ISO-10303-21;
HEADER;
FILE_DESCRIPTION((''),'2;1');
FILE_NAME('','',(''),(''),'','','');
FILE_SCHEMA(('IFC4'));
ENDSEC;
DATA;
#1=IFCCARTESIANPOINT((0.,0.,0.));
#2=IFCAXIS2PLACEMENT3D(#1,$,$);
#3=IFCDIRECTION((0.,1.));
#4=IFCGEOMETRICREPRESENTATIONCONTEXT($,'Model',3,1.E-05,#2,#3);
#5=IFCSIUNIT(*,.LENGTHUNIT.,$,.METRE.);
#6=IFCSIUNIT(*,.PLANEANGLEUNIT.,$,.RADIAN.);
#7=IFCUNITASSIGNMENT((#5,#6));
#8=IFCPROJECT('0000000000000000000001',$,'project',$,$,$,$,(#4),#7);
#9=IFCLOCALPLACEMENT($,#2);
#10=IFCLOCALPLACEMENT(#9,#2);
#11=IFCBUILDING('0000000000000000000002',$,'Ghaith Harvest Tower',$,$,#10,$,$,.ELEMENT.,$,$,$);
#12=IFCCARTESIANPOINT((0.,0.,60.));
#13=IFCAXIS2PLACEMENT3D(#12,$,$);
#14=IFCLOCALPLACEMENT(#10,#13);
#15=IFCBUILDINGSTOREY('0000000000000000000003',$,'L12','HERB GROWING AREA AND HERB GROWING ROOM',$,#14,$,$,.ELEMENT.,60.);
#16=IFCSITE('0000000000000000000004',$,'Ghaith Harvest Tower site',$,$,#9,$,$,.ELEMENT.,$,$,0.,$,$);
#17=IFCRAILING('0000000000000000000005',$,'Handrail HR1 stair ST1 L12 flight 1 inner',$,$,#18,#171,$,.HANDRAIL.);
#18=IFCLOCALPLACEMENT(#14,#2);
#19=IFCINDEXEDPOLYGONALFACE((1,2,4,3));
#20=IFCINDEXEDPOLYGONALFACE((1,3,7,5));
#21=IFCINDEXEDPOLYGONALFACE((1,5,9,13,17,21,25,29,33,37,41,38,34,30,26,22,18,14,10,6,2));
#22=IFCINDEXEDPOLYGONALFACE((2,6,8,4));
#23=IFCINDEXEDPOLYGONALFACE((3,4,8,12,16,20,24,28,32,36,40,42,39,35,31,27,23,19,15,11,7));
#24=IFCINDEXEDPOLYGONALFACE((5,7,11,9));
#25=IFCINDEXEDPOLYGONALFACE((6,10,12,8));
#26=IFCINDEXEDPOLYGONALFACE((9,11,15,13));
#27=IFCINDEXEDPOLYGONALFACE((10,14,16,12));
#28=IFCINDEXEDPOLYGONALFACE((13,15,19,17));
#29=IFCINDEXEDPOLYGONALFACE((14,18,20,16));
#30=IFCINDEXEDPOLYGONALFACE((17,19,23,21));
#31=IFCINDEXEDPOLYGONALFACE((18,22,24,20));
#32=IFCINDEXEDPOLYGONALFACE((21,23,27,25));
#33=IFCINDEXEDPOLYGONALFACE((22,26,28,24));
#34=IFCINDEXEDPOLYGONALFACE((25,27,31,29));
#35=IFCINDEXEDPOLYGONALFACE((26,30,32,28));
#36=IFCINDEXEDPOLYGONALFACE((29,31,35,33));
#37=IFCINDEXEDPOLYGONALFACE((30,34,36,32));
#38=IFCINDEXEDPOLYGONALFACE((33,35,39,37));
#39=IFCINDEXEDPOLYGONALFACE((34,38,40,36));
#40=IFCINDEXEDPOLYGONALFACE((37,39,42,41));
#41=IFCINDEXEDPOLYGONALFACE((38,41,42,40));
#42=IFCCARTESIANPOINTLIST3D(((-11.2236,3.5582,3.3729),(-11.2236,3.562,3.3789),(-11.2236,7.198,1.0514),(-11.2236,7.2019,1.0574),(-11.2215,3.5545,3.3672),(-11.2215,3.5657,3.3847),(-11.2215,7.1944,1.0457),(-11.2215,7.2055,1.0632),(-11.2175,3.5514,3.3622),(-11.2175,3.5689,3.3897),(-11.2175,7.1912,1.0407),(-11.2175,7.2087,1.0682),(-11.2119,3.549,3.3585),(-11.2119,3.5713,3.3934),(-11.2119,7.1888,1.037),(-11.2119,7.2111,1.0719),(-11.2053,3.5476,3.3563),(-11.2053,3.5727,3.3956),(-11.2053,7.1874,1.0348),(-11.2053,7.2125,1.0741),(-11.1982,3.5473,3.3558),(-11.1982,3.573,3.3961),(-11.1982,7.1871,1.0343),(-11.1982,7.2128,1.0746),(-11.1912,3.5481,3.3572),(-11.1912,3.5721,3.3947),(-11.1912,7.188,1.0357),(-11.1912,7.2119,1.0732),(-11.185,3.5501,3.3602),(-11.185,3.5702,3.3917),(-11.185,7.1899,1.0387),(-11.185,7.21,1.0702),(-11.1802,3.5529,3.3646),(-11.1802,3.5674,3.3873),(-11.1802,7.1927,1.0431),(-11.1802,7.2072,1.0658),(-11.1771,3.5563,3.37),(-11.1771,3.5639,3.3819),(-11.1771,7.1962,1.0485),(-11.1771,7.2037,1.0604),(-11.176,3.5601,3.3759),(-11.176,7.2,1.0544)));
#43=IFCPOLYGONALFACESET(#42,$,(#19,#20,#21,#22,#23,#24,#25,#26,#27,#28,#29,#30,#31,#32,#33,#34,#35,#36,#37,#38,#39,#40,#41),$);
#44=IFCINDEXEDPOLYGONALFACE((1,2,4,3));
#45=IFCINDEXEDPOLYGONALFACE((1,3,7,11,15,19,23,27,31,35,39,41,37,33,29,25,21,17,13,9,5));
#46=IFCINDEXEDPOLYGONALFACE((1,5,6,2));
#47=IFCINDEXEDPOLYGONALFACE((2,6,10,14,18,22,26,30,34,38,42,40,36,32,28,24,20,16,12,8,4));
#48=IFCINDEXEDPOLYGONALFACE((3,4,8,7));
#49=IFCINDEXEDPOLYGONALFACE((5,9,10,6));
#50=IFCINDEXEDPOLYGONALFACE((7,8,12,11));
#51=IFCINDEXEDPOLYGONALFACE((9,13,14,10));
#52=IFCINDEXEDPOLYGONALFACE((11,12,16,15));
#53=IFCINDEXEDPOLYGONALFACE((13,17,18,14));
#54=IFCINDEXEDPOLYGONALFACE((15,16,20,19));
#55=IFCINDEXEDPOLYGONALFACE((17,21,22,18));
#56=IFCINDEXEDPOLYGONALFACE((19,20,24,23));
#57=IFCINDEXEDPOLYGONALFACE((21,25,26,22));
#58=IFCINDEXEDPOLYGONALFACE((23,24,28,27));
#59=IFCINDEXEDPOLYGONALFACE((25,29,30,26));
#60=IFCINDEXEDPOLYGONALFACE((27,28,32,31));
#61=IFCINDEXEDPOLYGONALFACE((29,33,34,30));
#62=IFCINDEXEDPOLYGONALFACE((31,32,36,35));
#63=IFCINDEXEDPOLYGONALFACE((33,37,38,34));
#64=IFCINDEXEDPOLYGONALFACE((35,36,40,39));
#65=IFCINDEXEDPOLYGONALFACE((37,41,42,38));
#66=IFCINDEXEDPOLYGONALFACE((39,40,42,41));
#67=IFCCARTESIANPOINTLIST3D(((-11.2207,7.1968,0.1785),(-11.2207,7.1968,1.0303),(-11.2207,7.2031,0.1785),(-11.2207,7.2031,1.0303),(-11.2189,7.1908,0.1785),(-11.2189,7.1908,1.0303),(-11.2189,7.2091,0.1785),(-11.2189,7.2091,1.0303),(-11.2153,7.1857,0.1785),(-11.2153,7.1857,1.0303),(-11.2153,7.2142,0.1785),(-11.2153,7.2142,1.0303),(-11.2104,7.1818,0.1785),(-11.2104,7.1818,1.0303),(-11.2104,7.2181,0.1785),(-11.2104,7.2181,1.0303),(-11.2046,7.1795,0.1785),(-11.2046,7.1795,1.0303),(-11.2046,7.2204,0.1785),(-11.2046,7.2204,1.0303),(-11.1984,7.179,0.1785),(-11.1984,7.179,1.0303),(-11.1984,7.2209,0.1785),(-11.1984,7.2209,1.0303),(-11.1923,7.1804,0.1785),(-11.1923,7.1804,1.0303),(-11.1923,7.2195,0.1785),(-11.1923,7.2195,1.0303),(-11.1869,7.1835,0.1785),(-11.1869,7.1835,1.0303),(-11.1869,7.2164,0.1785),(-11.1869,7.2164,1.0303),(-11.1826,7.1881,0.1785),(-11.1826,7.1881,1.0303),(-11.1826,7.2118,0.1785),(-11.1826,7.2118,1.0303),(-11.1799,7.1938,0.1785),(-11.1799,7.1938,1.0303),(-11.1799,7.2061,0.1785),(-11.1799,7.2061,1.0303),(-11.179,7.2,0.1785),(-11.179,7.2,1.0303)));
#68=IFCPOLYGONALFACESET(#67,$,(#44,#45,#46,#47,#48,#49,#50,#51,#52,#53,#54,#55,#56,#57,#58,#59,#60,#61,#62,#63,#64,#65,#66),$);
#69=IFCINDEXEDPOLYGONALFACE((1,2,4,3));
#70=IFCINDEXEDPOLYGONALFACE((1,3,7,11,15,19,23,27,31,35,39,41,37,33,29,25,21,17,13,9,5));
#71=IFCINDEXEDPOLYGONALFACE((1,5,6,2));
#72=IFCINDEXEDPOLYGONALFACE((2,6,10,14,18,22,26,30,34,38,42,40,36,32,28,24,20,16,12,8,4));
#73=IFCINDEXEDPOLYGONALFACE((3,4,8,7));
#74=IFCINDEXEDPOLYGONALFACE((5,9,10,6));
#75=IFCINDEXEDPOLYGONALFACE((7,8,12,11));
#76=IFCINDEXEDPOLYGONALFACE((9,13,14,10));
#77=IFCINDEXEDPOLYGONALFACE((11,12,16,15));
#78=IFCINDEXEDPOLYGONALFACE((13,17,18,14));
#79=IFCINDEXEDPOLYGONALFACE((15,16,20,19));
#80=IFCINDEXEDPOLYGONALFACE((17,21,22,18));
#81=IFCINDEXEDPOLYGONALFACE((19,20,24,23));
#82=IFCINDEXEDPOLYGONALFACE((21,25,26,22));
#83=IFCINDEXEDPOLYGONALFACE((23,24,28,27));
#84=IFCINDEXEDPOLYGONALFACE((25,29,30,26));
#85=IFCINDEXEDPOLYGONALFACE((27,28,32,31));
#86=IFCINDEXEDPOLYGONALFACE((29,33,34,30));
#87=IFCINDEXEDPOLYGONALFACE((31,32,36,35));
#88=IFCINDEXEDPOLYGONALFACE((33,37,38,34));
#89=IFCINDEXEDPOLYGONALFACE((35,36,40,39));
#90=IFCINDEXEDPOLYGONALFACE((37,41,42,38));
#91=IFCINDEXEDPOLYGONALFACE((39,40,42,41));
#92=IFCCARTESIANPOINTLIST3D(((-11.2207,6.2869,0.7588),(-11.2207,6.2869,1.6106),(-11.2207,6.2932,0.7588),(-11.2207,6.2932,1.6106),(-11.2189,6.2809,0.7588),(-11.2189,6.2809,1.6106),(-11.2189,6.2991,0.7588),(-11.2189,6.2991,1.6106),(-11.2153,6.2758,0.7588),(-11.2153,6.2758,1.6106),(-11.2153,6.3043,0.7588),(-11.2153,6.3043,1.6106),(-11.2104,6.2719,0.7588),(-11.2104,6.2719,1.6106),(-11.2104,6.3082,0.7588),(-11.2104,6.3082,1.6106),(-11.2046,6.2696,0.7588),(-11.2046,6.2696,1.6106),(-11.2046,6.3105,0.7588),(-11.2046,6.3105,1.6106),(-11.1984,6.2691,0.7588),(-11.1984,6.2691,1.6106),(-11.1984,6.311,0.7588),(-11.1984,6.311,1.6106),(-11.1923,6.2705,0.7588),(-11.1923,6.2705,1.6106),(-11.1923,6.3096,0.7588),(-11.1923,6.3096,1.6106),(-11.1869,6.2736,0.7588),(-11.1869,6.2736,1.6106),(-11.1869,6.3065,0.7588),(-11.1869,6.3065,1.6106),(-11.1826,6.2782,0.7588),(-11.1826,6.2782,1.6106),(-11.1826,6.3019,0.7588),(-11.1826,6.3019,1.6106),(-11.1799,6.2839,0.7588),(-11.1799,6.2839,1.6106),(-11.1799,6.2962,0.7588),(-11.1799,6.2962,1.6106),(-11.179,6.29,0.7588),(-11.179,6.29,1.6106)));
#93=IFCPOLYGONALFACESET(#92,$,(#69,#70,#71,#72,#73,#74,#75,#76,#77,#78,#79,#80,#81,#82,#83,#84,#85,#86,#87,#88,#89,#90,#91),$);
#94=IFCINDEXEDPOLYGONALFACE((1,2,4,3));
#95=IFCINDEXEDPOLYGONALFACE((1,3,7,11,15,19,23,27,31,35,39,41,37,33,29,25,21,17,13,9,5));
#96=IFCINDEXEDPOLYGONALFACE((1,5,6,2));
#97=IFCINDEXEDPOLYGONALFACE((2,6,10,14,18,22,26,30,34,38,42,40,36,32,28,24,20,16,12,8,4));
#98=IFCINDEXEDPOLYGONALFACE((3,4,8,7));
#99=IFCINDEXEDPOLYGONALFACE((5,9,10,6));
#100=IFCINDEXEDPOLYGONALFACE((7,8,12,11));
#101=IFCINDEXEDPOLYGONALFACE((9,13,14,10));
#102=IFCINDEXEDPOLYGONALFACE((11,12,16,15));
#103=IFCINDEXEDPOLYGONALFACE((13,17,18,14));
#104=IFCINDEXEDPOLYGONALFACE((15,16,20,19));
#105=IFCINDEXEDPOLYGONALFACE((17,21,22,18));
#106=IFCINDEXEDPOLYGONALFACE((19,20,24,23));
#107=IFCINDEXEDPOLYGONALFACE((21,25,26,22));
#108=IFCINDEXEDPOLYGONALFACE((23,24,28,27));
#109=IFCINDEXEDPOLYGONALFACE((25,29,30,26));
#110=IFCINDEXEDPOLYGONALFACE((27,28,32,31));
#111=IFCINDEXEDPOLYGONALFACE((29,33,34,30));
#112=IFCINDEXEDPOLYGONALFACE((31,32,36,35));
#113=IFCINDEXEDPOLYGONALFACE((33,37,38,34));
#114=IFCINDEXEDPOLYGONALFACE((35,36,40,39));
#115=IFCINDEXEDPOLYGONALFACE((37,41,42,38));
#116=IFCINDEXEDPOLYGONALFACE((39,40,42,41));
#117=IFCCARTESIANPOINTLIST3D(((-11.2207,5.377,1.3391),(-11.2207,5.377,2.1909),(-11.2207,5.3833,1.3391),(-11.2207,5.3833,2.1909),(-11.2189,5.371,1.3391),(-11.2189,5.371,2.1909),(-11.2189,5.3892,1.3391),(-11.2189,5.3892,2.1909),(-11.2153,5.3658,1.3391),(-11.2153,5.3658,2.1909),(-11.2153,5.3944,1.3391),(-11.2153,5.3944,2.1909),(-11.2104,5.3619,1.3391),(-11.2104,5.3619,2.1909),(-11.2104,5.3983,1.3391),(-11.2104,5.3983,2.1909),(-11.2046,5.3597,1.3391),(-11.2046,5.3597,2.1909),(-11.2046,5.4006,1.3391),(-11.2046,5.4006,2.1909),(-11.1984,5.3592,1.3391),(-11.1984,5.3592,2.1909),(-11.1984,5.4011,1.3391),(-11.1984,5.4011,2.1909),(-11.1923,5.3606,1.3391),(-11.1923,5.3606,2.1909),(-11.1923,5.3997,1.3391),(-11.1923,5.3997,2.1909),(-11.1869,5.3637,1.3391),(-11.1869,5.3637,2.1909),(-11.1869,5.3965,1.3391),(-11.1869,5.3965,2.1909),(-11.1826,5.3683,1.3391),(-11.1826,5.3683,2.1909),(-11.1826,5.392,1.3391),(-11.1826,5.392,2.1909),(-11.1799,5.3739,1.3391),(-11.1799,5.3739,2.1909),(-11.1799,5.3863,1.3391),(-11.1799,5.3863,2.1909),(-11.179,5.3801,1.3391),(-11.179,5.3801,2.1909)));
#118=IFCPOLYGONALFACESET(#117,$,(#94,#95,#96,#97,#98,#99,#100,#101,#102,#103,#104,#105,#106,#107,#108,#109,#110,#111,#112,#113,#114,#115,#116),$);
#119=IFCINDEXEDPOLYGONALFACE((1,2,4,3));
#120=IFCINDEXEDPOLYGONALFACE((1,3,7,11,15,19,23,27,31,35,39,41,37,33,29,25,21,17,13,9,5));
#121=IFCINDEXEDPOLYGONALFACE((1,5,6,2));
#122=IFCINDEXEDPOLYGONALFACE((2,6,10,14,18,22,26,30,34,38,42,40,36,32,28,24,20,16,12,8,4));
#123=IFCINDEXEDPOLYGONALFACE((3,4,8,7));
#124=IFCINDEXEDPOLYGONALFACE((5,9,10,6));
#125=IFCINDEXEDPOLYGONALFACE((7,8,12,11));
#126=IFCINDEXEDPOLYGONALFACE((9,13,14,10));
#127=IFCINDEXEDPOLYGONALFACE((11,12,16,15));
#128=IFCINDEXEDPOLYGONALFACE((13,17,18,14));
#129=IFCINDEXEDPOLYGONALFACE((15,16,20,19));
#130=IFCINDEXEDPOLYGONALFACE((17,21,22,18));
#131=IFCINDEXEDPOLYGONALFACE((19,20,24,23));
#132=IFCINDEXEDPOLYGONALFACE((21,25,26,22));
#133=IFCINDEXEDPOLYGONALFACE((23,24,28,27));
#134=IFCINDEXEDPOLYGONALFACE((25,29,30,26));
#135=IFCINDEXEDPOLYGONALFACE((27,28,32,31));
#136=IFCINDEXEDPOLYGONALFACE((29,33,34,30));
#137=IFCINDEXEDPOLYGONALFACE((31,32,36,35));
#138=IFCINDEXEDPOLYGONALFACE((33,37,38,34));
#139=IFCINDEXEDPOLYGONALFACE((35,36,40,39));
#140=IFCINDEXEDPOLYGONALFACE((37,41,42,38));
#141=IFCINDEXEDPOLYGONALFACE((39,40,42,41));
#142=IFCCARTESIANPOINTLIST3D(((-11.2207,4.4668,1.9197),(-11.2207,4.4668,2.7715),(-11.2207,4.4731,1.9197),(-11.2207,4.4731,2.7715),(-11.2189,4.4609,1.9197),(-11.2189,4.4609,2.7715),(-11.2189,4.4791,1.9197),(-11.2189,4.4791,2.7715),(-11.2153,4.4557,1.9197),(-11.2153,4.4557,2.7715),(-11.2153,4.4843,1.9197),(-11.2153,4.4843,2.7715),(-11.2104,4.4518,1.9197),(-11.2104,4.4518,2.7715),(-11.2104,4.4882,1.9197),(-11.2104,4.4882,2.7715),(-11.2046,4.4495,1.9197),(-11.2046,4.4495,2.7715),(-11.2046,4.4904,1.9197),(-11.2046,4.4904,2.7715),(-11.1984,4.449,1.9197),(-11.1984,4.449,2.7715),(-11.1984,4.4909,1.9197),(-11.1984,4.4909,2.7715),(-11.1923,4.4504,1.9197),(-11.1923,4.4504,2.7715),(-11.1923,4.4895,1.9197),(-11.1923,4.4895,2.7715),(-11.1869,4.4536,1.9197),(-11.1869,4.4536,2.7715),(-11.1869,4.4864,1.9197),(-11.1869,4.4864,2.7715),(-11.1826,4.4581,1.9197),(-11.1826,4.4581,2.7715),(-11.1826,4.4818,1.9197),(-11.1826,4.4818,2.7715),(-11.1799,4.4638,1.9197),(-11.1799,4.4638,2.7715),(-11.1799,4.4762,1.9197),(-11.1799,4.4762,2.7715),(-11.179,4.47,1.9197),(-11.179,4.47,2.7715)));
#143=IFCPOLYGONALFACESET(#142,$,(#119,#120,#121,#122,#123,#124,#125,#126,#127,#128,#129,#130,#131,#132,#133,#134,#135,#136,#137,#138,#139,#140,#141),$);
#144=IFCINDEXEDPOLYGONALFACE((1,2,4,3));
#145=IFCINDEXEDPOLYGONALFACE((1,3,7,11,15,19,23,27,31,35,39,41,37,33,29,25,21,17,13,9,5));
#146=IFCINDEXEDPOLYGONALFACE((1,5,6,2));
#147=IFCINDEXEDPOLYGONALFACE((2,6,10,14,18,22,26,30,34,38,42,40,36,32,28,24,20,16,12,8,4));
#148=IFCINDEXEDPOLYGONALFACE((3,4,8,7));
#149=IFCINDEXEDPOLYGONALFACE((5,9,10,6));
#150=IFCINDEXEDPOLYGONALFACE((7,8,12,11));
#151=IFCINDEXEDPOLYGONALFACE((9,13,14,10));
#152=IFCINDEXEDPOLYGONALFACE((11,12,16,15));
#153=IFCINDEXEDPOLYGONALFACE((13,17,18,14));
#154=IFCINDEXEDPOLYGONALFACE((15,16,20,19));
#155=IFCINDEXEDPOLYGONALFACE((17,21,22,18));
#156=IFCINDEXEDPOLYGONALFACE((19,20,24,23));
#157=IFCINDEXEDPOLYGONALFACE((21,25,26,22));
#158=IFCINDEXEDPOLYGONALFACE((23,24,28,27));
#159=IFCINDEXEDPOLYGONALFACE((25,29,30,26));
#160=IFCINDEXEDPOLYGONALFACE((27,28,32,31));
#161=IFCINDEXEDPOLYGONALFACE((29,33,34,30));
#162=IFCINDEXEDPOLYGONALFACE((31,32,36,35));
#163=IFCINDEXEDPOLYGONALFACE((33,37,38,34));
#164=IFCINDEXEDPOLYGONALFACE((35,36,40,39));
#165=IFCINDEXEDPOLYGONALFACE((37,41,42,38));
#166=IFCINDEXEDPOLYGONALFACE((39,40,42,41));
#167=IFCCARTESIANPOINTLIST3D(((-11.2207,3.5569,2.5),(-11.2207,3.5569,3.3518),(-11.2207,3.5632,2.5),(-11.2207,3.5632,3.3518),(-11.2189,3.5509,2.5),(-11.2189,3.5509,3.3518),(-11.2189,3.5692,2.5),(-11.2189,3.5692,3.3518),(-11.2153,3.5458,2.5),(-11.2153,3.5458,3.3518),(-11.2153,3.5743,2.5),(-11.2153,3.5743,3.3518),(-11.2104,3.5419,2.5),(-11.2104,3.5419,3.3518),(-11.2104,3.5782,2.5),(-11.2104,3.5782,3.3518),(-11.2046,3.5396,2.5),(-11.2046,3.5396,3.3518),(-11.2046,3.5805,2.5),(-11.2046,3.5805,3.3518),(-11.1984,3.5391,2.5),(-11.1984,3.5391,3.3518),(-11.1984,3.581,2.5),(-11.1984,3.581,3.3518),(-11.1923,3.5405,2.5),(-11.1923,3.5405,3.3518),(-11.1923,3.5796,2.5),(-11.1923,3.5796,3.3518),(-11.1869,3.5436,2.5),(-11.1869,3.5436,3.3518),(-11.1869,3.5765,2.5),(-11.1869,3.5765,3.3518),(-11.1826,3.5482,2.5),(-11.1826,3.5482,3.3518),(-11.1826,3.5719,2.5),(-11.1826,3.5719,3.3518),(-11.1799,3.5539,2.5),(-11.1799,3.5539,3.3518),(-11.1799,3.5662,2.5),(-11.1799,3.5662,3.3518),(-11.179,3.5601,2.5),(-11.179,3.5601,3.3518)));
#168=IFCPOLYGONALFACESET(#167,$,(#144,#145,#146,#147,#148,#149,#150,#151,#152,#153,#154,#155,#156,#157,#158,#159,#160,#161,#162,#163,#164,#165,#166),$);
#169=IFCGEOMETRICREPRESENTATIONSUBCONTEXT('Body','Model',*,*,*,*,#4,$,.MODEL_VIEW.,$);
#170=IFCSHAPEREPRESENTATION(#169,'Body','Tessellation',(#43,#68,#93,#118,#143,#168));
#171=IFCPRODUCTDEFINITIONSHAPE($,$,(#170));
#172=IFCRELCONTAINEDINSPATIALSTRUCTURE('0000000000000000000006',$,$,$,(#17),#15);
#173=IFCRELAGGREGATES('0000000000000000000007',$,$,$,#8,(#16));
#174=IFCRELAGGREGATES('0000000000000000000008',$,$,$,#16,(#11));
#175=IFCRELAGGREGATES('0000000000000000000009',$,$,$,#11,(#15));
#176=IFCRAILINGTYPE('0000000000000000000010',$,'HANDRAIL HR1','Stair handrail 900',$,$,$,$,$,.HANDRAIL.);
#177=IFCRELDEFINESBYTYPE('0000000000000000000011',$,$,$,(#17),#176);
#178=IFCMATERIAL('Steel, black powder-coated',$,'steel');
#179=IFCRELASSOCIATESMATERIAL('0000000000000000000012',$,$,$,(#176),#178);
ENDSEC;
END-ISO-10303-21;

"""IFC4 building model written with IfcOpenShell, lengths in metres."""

from ifc_helpers import new_model, si_unit, direction, frame, origin, origin_2d, place, context, subcontext, project, spatial, circle, extrude, material, type_object, element, save


model = new_model("IFC4")

# Units and contexts
model_context = context("Model", 3, precision=1e-05, world=origin(), true_north=direction((0.0, 1.0)))
body_context = subcontext(model_context, "Body", "Model", "MODEL_VIEW")
ifc_project = project(units=[si_unit("LENGTHUNIT", "METRE"), si_unit("PLANEANGLEUNIT", "RADIAN")], contexts=[model_context])

# Site, building, storey
site_placement = place(None, origin())
site = spatial("IfcSite", under=ifc_project, at=site_placement, Name="Ghaith Harvest Tower site", CompositionType="ELEMENT", RefElevation=0.0)
building_placement = place(site_placement, origin())
building = spatial("IfcBuilding", under=site, at=building_placement, Name="Ghaith Harvest Tower", CompositionType="ELEMENT")
storey_placement = place(building_placement, frame((0.0, 0.0, 60.0)))
storey = spatial("IfcBuildingStorey", under=building, at=storey_placement, Name="L12", Description="HERB GROWING AREA AND HERB GROWING ROOM", CompositionType="ELEMENT", Elevation=60.0)

# Railing
ifc_material_1 = material(Name="Steel, black powder-coated", Category="steel")
railing_type = type_object("IfcRailingType", Name="HANDRAIL HR1", Description="Stair handrail 900", PredefinedType="HANDRAIL", material=ifc_material_1)
railing_1_placement = place(storey_placement, frame((-11.2, 7.2, 0.1785)))
element("IfcRailing", 1, at=railing_1_placement, inside=storey, type_object=railing_type, Name="Handrail HR1 stair ST1 L12 flight 1 inner", PredefinedType="HANDRAIL", context=body_context, shape_type="SweptSolid", body=[
    extrude(circle(Radius=0.0239, at=origin_2d()), frame((0.0, 0.0, 0.876), z_axis=(0.0, -0.843112, 0.537739), x_axis=(1.0, 0.0, 0.0)), (0.0, 0.0, 1.0), 4.3171),
    extrude(circle(Radius=0.021, at=origin_2d()), origin(), (0.0, 0.0, 1.0), 0.8518),
    extrude(circle(Radius=0.021, at=origin_2d()), frame((0.0, -0.9099, 0.5803)), (0.0, 0.0, 1.0), 0.8518),
    extrude(circle(Radius=0.021, at=origin_2d()), frame((0.0, -1.8198, 1.1606)), (0.0, 0.0, 1.0), 0.8518),
    extrude(circle(Radius=0.021, at=origin_2d()), frame((0.0, -2.73, 1.7412)), (0.0, 0.0, 1.0), 0.8518),
    extrude(circle(Radius=0.021, at=origin_2d()), frame((0.0, -3.6399, 2.3215)), (0.0, 0.0, 1.0), 0.8518),
])

save(model, "model.ifc")
